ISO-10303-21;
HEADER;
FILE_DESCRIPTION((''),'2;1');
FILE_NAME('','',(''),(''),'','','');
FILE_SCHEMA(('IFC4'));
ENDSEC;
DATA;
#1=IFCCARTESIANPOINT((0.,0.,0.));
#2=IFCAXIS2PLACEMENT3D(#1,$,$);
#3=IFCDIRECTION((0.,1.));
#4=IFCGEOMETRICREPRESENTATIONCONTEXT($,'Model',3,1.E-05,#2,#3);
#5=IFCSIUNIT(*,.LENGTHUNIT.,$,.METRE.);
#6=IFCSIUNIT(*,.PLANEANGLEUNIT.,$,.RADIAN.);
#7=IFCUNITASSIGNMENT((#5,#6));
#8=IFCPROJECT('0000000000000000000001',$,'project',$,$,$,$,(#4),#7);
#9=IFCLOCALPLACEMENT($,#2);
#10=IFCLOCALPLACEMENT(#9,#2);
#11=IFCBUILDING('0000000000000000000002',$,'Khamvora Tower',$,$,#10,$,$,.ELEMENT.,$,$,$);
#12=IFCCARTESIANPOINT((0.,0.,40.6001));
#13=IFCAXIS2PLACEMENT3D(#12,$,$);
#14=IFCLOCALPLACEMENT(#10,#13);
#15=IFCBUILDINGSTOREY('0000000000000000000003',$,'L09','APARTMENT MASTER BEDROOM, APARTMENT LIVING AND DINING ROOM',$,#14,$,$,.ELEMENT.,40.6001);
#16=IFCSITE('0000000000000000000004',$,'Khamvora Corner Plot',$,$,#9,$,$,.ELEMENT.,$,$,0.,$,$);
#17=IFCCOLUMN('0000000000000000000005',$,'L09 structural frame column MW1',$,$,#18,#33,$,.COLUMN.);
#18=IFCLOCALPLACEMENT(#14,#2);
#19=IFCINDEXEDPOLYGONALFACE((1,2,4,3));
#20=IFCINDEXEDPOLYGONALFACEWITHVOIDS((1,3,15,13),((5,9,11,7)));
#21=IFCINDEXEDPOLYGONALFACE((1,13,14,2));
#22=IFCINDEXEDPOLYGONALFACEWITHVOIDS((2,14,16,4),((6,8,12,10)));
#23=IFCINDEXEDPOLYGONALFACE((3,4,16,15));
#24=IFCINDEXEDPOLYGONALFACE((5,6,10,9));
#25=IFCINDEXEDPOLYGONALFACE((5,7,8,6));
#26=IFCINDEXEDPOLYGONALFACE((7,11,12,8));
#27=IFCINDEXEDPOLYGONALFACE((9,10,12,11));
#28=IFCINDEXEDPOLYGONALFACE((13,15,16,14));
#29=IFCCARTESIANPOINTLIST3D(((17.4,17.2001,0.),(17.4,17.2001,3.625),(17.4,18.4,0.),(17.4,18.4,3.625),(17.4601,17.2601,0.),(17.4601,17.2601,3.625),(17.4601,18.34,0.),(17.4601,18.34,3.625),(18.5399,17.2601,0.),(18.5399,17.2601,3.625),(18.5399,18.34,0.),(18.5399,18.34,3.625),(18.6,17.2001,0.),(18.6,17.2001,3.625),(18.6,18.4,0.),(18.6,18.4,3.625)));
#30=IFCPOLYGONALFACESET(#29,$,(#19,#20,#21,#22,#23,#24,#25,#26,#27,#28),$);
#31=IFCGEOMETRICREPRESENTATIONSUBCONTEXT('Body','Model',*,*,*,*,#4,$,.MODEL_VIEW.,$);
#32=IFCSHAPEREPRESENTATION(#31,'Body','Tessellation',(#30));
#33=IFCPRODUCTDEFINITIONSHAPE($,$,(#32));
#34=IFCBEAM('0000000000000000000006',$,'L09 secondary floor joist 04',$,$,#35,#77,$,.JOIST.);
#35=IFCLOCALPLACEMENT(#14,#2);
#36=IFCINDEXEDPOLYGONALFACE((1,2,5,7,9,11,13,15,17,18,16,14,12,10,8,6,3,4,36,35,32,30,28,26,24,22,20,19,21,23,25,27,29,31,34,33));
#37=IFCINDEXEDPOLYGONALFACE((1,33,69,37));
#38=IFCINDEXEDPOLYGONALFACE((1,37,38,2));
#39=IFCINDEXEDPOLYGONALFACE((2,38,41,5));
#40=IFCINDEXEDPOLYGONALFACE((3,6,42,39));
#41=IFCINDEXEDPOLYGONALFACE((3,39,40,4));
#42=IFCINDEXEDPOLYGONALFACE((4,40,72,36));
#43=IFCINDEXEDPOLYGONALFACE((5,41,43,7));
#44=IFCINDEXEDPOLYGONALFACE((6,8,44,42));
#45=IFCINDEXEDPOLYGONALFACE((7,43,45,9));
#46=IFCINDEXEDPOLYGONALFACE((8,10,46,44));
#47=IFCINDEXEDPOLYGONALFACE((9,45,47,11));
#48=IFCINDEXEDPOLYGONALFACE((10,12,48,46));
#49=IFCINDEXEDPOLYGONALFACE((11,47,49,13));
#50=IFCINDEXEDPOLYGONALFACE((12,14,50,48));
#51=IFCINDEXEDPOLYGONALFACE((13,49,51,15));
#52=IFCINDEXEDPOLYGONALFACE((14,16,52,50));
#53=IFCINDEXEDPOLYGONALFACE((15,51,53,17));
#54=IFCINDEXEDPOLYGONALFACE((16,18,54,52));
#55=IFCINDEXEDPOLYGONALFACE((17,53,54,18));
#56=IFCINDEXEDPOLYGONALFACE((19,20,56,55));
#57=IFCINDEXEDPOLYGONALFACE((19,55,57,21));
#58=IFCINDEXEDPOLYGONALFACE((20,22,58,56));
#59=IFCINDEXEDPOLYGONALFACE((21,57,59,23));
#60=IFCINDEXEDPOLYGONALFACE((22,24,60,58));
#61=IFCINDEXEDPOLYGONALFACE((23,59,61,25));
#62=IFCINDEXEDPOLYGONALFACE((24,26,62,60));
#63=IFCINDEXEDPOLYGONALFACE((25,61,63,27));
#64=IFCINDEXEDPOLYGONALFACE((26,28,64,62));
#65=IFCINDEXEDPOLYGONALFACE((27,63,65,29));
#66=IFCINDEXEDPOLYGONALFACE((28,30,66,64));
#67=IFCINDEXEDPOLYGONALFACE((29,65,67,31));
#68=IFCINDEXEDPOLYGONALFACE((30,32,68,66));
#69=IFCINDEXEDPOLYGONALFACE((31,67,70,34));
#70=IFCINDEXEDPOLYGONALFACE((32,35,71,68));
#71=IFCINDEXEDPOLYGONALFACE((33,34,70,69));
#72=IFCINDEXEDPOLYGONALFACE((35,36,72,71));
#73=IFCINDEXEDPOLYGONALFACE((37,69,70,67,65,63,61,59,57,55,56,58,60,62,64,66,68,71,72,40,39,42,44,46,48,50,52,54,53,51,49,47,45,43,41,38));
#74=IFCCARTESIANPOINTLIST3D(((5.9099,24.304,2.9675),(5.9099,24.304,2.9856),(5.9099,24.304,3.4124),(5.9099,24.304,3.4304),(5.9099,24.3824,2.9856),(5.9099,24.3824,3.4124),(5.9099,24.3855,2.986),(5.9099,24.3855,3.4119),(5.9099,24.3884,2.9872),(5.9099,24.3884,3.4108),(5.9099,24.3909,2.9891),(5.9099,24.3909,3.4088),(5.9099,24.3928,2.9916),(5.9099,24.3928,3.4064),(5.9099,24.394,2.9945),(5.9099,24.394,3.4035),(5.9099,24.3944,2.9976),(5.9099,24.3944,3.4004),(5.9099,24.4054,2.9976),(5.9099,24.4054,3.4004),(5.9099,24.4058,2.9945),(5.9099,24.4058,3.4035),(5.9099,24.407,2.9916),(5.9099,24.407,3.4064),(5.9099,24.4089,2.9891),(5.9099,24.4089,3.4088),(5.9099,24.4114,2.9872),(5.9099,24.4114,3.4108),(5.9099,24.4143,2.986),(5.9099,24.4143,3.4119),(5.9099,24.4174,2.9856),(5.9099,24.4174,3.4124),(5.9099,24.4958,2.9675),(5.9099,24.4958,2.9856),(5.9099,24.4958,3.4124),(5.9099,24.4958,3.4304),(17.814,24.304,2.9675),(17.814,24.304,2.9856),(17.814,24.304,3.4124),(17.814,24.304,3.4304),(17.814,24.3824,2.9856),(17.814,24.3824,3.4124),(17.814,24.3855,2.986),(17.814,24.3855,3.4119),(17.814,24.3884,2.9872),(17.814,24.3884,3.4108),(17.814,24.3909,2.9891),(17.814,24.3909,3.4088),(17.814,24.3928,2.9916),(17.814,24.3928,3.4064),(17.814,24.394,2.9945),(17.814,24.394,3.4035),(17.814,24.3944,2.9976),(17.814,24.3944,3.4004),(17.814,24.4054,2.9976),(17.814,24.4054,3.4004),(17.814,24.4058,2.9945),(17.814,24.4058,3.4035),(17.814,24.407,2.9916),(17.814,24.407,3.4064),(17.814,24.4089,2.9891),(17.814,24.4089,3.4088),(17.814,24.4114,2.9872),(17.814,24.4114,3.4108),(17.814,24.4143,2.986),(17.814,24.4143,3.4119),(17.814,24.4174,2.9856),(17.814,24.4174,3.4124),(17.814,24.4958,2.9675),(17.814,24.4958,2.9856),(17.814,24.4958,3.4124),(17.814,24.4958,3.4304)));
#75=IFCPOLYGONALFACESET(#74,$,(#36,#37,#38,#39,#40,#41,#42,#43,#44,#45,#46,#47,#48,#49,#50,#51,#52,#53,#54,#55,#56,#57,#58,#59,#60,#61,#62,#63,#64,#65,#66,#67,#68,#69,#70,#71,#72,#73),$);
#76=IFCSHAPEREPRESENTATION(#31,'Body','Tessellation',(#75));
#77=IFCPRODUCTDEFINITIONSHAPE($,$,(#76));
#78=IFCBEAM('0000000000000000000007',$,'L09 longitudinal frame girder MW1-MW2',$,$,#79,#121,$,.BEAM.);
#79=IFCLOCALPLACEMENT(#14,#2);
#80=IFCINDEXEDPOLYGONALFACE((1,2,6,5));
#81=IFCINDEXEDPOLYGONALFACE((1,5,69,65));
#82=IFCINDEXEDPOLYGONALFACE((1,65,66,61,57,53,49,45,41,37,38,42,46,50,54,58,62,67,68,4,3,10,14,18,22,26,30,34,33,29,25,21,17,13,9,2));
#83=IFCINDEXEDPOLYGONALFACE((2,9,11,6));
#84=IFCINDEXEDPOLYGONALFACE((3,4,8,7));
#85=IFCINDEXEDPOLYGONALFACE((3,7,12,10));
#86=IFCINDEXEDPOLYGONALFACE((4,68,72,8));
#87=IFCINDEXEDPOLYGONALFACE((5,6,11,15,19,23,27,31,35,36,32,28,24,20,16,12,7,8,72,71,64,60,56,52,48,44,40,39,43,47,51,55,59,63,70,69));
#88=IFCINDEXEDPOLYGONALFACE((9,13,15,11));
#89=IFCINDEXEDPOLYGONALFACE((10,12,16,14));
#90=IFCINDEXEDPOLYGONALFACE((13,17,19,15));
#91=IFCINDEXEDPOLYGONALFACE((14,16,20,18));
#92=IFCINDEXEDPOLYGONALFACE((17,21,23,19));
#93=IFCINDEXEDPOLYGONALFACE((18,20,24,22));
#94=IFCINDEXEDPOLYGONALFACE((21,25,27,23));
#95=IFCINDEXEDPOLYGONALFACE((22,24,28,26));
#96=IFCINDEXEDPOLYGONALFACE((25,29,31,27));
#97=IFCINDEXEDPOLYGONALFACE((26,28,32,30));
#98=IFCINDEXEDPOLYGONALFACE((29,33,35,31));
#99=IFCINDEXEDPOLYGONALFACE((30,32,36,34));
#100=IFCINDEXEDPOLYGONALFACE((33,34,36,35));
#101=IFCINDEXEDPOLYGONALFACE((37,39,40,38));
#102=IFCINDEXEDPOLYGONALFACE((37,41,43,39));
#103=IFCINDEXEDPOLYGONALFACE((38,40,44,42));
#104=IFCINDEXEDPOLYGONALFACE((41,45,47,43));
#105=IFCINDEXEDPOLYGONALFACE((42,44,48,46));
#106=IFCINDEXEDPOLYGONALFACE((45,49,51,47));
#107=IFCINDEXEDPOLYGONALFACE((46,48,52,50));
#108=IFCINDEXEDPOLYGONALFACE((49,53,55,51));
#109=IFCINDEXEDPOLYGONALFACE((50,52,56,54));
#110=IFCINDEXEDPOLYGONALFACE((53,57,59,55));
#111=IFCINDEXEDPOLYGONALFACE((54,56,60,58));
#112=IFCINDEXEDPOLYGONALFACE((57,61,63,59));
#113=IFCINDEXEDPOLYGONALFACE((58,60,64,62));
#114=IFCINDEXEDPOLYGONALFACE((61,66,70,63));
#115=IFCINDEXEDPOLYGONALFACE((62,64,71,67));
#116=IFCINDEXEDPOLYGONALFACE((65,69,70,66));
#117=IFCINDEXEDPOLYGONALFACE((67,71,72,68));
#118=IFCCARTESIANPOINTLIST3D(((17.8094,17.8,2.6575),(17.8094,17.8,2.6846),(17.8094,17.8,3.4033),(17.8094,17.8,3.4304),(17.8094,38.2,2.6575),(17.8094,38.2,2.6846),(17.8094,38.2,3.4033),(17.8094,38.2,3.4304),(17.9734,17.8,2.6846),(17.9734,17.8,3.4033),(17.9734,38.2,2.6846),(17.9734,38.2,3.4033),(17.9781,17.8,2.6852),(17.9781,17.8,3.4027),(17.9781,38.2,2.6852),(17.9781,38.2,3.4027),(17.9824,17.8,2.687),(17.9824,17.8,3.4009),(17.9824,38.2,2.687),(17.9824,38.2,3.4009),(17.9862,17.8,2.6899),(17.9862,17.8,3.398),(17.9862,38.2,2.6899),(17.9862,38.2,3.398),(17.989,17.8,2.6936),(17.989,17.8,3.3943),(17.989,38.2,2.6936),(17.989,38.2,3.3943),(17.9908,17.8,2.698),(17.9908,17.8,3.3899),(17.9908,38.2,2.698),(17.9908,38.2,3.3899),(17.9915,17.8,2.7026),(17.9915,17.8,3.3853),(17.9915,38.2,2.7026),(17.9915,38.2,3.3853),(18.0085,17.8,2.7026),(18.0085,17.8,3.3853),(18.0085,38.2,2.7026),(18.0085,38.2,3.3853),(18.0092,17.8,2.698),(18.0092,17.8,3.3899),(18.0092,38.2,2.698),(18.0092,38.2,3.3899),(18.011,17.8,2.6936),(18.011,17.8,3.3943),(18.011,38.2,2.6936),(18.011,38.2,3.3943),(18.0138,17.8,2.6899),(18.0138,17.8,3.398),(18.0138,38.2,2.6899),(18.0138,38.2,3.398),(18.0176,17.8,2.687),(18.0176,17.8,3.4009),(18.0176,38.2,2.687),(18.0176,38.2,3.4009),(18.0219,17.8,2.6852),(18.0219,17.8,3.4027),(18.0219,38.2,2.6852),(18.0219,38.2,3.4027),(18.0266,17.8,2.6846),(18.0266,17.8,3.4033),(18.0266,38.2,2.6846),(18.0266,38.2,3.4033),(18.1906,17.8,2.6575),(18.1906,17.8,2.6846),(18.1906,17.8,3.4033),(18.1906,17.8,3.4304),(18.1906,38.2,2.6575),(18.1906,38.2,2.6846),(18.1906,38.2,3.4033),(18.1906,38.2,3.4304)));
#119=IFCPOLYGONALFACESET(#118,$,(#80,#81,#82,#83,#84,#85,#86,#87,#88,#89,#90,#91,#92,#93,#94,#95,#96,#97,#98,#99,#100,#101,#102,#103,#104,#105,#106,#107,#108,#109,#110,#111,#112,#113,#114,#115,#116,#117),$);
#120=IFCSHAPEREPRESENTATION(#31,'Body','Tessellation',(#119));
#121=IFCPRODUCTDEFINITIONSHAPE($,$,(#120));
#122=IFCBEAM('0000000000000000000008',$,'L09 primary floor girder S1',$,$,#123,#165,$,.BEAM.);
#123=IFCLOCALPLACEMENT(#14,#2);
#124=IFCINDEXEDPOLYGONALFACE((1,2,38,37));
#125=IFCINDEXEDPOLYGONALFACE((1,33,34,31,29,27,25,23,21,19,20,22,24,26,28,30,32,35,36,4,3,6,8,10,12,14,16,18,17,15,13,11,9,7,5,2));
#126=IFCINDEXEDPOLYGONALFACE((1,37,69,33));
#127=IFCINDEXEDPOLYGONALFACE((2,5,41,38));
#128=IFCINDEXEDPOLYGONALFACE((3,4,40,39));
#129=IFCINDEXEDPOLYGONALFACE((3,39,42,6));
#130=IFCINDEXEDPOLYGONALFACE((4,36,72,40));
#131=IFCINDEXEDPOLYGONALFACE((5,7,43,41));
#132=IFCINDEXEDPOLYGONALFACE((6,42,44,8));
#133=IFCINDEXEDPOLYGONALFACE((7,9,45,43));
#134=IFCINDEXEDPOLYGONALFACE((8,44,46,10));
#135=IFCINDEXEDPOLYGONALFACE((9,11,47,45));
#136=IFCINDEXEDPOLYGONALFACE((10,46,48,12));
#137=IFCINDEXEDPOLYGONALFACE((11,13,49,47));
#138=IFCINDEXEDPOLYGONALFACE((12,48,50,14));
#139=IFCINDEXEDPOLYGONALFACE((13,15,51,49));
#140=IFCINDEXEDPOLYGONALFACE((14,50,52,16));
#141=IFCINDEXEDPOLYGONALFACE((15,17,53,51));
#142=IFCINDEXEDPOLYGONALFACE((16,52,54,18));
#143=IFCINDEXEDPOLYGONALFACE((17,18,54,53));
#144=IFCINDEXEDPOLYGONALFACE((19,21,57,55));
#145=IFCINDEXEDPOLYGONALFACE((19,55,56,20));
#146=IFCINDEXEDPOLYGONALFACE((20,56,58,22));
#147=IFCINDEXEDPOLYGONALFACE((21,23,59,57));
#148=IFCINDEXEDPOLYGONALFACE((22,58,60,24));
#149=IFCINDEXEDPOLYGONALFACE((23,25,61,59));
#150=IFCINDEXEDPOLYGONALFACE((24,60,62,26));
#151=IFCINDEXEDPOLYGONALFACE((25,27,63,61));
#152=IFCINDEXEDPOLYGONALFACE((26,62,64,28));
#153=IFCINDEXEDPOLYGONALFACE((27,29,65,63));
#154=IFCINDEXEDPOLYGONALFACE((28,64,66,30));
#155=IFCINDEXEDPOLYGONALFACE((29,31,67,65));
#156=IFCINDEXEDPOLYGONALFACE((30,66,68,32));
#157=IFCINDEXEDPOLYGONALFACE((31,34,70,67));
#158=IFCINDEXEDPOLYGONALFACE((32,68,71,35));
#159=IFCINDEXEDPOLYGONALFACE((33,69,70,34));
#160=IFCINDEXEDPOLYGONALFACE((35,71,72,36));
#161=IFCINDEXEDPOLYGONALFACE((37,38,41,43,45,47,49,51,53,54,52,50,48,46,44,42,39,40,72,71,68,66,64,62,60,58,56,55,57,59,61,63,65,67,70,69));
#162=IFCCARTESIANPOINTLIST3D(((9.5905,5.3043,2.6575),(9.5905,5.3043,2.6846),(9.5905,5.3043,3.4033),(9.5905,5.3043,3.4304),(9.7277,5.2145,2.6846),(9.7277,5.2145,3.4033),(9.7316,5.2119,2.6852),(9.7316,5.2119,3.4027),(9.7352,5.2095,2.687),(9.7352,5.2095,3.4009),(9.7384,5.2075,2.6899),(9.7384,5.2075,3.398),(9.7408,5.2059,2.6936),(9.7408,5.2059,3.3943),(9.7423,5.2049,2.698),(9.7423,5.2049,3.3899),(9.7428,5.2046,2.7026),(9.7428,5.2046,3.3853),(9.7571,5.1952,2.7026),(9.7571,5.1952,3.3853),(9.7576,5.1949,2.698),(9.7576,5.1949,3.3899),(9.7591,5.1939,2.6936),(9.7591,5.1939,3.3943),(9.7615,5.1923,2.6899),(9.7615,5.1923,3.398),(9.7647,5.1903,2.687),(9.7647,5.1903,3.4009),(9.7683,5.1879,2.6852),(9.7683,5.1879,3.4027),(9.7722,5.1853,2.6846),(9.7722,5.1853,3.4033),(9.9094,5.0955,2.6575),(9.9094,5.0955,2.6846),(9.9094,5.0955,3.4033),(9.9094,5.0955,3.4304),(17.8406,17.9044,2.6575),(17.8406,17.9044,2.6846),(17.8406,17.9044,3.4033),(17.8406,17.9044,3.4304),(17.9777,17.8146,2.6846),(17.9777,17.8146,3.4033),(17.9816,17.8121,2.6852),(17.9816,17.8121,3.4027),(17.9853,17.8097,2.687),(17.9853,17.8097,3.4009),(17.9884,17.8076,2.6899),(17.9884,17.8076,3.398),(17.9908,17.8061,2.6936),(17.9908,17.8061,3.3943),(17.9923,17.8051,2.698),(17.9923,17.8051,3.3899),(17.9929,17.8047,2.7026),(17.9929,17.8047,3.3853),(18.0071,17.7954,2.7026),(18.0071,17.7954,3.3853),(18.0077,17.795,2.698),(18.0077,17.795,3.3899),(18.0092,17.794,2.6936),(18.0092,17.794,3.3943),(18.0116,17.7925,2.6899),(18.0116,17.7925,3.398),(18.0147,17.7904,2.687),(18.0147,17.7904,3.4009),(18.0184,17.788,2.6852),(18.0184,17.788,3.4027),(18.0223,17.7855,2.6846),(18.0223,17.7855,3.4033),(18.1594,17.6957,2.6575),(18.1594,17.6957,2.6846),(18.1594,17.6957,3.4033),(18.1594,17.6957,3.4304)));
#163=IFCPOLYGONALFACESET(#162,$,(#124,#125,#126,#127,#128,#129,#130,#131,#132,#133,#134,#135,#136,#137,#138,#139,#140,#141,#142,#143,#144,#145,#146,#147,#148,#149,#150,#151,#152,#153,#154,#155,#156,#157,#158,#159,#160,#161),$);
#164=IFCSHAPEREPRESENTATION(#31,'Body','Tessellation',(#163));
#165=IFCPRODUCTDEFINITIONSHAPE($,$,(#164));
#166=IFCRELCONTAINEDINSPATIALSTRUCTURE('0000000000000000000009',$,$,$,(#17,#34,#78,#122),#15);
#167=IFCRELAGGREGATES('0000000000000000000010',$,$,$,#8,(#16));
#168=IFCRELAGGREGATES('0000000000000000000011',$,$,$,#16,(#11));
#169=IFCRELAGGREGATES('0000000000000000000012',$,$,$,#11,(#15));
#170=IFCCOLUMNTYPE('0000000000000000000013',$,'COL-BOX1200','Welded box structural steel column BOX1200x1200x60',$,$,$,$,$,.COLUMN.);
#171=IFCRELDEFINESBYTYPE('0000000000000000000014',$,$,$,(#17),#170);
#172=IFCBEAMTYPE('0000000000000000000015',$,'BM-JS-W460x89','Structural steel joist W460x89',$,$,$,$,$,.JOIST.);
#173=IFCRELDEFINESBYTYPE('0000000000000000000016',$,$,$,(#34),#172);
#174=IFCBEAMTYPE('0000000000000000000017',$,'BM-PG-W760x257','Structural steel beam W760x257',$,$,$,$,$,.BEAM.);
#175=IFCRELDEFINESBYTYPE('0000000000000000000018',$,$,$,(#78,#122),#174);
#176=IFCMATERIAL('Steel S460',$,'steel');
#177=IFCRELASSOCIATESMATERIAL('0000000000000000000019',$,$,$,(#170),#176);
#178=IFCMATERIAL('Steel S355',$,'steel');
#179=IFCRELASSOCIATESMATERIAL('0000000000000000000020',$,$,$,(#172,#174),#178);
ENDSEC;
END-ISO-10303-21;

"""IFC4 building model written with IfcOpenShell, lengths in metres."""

from ifc_helpers import new_model, si_unit, direction, frame, origin, origin_2d, place, context, subcontext, project, spatial, hollow_rectangle, i_section, extrude, material, material_profile, profile_set, type_object, element, save


model = new_model("IFC4")

# Units and contexts
model_context = context("Model", 3, precision=1e-05, world=origin(), true_north=direction((0.0, 1.0)))
body_context = subcontext(model_context, "Body", "Model", "MODEL_VIEW")
ifc_project = project(units=[si_unit("LENGTHUNIT", "METRE"), si_unit("PLANEANGLEUNIT", "RADIAN")], contexts=[model_context])

# Site, building, storey
site_placement = place(None, origin())
site = spatial("IfcSite", under=ifc_project, at=site_placement, Name="Khamvora Corner Plot", CompositionType="ELEMENT", RefElevation=0.0)
building_placement = place(site_placement, origin())
building = spatial("IfcBuilding", under=site, at=building_placement, Name="Khamvora Tower", CompositionType="ELEMENT")
storey_placement = place(building_placement, frame((0.0, 0.0, 40.6001)))
storey = spatial("IfcBuildingStorey", under=building, at=storey_placement, Name="L09", Description="APARTMENT MASTER BEDROOM, APARTMENT LIVING AND DINING ROOM", CompositionType="ELEMENT", Elevation=40.6001)

# Column
ifc_material_1 = material(Name="Steel S460", Category="steel")
ifc_material_profile_1 = material_profile(ifc_material_1, hollow_rectangle(XDim=1.2, YDim=1.2, WallThickness=0.0601, at=origin_2d()), Name="BOX1200x1200x60")
ifc_profile_set_1 = profile_set([ifc_material_profile_1], Name="Steel S460")
column_type = type_object("IfcColumnType", Name="COL-BOX1200", Description="Welded box structural steel column BOX1200x1200x60", PredefinedType="COLUMN", material=ifc_profile_set_1)
column_placement = place(storey_placement, frame((18.0, 17.8, 0.0), z_axis=(0.0, 0.0, 1.0), x_axis=(1.0, 0.0, 0.0)))
element("IfcColumn", 1, at=column_placement, inside=storey, type_object=column_type, Name="L09 structural frame column MW1", PredefinedType="COLUMN", context=body_context, shape_type="SweptSolid", body=[
    extrude(hollow_rectangle(XDim=1.2, YDim=1.2, WallThickness=0.0601, at=origin_2d()), origin(), (0.0, 0.0, 1.0), 3.625),
])

# Beams
ifc_material_2 = material(Name="Steel S355", Category="steel")
ifc_material_profile_2 = material_profile(ifc_material_2, i_section(OverallWidth=0.1919, OverallDepth=0.4629, WebThickness=0.011, FlangeThickness=0.0181, FilletRadius=0.012, at=origin_2d()), Name="W460x89")
ifc_profile_set_2 = profile_set([ifc_material_profile_2], Name="Steel S355")
beam_type_1 = type_object("IfcBeamType", Name="BM-JS-W460x89", Description="Structural steel joist W460x89", PredefinedType="JOIST", material=ifc_profile_set_2)
beam_1_placement = place(storey_placement, frame((5.9099, 24.3999, 3.199), z_axis=(1.0, 0.0, 0.0), x_axis=(0.0, 1.0, 0.0)))
element("IfcBeam", 2, at=beam_1_placement, inside=storey, type_object=beam_type_1, Name="L09 secondary floor joist 04", PredefinedType="JOIST", context=body_context, shape_type="SweptSolid", body=[
    extrude(i_section(OverallWidth=0.1919, OverallDepth=0.4629, WebThickness=0.011, FlangeThickness=0.0181, FilletRadius=0.012, at=origin_2d()), origin(), (0.0, 0.0, 1.0), 11.9041),
])
ifc_material_profile_3 = material_profile(ifc_material_2, i_section(OverallWidth=0.3811, OverallDepth=0.7729, WebThickness=0.0171, FlangeThickness=0.0271, FilletRadius=0.0181, at=origin_2d()), Name="W760x257")
ifc_profile_set_3 = profile_set([ifc_material_profile_3], Name="Steel S355")
beam_type_2 = type_object("IfcBeamType", Name="BM-PG-W760x257", Description="Structural steel beam W760x257", PredefinedType="BEAM", material=ifc_profile_set_3)
beam_2_placement = place(storey_placement, frame((18.0, 17.8, 3.0439), z_axis=(0.0, 1.0, 0.0), x_axis=(-1.0, 0.0, 0.0)))
element("IfcBeam", 3, at=beam_2_placement, inside=storey, type_object=beam_type_2, Name="L09 longitudinal frame girder MW1-MW2", PredefinedType="BEAM", context=body_context, shape_type="SweptSolid", body=[
    extrude(i_section(OverallWidth=0.3811, OverallDepth=0.7729, WebThickness=0.0171, FlangeThickness=0.0271, FilletRadius=0.0181, at=origin_2d()), origin(), (0.0, 0.0, 1.0), 20.3999),
])
beam_3_placement = place(storey_placement, frame((18.0, 17.8, 3.0439), z_axis=(-0.547783, -0.83662, 0.0), x_axis=(0.83662, -0.547783, 0.0)))
element("IfcBeam", 4, at=beam_3_placement, inside=storey, type_object=beam_type_2, Name="L09 primary floor girder S1", PredefinedType="BEAM", context=body_context, shape_type="SweptSolid", body=[
    extrude(i_section(OverallWidth=0.3811, OverallDepth=0.7729, WebThickness=0.0171, FlangeThickness=0.0271, FilletRadius=0.0181, at=origin_2d()), origin(), (0.0, 0.0, 1.0), 15.0608),
])

save(model, "model.ifc")
